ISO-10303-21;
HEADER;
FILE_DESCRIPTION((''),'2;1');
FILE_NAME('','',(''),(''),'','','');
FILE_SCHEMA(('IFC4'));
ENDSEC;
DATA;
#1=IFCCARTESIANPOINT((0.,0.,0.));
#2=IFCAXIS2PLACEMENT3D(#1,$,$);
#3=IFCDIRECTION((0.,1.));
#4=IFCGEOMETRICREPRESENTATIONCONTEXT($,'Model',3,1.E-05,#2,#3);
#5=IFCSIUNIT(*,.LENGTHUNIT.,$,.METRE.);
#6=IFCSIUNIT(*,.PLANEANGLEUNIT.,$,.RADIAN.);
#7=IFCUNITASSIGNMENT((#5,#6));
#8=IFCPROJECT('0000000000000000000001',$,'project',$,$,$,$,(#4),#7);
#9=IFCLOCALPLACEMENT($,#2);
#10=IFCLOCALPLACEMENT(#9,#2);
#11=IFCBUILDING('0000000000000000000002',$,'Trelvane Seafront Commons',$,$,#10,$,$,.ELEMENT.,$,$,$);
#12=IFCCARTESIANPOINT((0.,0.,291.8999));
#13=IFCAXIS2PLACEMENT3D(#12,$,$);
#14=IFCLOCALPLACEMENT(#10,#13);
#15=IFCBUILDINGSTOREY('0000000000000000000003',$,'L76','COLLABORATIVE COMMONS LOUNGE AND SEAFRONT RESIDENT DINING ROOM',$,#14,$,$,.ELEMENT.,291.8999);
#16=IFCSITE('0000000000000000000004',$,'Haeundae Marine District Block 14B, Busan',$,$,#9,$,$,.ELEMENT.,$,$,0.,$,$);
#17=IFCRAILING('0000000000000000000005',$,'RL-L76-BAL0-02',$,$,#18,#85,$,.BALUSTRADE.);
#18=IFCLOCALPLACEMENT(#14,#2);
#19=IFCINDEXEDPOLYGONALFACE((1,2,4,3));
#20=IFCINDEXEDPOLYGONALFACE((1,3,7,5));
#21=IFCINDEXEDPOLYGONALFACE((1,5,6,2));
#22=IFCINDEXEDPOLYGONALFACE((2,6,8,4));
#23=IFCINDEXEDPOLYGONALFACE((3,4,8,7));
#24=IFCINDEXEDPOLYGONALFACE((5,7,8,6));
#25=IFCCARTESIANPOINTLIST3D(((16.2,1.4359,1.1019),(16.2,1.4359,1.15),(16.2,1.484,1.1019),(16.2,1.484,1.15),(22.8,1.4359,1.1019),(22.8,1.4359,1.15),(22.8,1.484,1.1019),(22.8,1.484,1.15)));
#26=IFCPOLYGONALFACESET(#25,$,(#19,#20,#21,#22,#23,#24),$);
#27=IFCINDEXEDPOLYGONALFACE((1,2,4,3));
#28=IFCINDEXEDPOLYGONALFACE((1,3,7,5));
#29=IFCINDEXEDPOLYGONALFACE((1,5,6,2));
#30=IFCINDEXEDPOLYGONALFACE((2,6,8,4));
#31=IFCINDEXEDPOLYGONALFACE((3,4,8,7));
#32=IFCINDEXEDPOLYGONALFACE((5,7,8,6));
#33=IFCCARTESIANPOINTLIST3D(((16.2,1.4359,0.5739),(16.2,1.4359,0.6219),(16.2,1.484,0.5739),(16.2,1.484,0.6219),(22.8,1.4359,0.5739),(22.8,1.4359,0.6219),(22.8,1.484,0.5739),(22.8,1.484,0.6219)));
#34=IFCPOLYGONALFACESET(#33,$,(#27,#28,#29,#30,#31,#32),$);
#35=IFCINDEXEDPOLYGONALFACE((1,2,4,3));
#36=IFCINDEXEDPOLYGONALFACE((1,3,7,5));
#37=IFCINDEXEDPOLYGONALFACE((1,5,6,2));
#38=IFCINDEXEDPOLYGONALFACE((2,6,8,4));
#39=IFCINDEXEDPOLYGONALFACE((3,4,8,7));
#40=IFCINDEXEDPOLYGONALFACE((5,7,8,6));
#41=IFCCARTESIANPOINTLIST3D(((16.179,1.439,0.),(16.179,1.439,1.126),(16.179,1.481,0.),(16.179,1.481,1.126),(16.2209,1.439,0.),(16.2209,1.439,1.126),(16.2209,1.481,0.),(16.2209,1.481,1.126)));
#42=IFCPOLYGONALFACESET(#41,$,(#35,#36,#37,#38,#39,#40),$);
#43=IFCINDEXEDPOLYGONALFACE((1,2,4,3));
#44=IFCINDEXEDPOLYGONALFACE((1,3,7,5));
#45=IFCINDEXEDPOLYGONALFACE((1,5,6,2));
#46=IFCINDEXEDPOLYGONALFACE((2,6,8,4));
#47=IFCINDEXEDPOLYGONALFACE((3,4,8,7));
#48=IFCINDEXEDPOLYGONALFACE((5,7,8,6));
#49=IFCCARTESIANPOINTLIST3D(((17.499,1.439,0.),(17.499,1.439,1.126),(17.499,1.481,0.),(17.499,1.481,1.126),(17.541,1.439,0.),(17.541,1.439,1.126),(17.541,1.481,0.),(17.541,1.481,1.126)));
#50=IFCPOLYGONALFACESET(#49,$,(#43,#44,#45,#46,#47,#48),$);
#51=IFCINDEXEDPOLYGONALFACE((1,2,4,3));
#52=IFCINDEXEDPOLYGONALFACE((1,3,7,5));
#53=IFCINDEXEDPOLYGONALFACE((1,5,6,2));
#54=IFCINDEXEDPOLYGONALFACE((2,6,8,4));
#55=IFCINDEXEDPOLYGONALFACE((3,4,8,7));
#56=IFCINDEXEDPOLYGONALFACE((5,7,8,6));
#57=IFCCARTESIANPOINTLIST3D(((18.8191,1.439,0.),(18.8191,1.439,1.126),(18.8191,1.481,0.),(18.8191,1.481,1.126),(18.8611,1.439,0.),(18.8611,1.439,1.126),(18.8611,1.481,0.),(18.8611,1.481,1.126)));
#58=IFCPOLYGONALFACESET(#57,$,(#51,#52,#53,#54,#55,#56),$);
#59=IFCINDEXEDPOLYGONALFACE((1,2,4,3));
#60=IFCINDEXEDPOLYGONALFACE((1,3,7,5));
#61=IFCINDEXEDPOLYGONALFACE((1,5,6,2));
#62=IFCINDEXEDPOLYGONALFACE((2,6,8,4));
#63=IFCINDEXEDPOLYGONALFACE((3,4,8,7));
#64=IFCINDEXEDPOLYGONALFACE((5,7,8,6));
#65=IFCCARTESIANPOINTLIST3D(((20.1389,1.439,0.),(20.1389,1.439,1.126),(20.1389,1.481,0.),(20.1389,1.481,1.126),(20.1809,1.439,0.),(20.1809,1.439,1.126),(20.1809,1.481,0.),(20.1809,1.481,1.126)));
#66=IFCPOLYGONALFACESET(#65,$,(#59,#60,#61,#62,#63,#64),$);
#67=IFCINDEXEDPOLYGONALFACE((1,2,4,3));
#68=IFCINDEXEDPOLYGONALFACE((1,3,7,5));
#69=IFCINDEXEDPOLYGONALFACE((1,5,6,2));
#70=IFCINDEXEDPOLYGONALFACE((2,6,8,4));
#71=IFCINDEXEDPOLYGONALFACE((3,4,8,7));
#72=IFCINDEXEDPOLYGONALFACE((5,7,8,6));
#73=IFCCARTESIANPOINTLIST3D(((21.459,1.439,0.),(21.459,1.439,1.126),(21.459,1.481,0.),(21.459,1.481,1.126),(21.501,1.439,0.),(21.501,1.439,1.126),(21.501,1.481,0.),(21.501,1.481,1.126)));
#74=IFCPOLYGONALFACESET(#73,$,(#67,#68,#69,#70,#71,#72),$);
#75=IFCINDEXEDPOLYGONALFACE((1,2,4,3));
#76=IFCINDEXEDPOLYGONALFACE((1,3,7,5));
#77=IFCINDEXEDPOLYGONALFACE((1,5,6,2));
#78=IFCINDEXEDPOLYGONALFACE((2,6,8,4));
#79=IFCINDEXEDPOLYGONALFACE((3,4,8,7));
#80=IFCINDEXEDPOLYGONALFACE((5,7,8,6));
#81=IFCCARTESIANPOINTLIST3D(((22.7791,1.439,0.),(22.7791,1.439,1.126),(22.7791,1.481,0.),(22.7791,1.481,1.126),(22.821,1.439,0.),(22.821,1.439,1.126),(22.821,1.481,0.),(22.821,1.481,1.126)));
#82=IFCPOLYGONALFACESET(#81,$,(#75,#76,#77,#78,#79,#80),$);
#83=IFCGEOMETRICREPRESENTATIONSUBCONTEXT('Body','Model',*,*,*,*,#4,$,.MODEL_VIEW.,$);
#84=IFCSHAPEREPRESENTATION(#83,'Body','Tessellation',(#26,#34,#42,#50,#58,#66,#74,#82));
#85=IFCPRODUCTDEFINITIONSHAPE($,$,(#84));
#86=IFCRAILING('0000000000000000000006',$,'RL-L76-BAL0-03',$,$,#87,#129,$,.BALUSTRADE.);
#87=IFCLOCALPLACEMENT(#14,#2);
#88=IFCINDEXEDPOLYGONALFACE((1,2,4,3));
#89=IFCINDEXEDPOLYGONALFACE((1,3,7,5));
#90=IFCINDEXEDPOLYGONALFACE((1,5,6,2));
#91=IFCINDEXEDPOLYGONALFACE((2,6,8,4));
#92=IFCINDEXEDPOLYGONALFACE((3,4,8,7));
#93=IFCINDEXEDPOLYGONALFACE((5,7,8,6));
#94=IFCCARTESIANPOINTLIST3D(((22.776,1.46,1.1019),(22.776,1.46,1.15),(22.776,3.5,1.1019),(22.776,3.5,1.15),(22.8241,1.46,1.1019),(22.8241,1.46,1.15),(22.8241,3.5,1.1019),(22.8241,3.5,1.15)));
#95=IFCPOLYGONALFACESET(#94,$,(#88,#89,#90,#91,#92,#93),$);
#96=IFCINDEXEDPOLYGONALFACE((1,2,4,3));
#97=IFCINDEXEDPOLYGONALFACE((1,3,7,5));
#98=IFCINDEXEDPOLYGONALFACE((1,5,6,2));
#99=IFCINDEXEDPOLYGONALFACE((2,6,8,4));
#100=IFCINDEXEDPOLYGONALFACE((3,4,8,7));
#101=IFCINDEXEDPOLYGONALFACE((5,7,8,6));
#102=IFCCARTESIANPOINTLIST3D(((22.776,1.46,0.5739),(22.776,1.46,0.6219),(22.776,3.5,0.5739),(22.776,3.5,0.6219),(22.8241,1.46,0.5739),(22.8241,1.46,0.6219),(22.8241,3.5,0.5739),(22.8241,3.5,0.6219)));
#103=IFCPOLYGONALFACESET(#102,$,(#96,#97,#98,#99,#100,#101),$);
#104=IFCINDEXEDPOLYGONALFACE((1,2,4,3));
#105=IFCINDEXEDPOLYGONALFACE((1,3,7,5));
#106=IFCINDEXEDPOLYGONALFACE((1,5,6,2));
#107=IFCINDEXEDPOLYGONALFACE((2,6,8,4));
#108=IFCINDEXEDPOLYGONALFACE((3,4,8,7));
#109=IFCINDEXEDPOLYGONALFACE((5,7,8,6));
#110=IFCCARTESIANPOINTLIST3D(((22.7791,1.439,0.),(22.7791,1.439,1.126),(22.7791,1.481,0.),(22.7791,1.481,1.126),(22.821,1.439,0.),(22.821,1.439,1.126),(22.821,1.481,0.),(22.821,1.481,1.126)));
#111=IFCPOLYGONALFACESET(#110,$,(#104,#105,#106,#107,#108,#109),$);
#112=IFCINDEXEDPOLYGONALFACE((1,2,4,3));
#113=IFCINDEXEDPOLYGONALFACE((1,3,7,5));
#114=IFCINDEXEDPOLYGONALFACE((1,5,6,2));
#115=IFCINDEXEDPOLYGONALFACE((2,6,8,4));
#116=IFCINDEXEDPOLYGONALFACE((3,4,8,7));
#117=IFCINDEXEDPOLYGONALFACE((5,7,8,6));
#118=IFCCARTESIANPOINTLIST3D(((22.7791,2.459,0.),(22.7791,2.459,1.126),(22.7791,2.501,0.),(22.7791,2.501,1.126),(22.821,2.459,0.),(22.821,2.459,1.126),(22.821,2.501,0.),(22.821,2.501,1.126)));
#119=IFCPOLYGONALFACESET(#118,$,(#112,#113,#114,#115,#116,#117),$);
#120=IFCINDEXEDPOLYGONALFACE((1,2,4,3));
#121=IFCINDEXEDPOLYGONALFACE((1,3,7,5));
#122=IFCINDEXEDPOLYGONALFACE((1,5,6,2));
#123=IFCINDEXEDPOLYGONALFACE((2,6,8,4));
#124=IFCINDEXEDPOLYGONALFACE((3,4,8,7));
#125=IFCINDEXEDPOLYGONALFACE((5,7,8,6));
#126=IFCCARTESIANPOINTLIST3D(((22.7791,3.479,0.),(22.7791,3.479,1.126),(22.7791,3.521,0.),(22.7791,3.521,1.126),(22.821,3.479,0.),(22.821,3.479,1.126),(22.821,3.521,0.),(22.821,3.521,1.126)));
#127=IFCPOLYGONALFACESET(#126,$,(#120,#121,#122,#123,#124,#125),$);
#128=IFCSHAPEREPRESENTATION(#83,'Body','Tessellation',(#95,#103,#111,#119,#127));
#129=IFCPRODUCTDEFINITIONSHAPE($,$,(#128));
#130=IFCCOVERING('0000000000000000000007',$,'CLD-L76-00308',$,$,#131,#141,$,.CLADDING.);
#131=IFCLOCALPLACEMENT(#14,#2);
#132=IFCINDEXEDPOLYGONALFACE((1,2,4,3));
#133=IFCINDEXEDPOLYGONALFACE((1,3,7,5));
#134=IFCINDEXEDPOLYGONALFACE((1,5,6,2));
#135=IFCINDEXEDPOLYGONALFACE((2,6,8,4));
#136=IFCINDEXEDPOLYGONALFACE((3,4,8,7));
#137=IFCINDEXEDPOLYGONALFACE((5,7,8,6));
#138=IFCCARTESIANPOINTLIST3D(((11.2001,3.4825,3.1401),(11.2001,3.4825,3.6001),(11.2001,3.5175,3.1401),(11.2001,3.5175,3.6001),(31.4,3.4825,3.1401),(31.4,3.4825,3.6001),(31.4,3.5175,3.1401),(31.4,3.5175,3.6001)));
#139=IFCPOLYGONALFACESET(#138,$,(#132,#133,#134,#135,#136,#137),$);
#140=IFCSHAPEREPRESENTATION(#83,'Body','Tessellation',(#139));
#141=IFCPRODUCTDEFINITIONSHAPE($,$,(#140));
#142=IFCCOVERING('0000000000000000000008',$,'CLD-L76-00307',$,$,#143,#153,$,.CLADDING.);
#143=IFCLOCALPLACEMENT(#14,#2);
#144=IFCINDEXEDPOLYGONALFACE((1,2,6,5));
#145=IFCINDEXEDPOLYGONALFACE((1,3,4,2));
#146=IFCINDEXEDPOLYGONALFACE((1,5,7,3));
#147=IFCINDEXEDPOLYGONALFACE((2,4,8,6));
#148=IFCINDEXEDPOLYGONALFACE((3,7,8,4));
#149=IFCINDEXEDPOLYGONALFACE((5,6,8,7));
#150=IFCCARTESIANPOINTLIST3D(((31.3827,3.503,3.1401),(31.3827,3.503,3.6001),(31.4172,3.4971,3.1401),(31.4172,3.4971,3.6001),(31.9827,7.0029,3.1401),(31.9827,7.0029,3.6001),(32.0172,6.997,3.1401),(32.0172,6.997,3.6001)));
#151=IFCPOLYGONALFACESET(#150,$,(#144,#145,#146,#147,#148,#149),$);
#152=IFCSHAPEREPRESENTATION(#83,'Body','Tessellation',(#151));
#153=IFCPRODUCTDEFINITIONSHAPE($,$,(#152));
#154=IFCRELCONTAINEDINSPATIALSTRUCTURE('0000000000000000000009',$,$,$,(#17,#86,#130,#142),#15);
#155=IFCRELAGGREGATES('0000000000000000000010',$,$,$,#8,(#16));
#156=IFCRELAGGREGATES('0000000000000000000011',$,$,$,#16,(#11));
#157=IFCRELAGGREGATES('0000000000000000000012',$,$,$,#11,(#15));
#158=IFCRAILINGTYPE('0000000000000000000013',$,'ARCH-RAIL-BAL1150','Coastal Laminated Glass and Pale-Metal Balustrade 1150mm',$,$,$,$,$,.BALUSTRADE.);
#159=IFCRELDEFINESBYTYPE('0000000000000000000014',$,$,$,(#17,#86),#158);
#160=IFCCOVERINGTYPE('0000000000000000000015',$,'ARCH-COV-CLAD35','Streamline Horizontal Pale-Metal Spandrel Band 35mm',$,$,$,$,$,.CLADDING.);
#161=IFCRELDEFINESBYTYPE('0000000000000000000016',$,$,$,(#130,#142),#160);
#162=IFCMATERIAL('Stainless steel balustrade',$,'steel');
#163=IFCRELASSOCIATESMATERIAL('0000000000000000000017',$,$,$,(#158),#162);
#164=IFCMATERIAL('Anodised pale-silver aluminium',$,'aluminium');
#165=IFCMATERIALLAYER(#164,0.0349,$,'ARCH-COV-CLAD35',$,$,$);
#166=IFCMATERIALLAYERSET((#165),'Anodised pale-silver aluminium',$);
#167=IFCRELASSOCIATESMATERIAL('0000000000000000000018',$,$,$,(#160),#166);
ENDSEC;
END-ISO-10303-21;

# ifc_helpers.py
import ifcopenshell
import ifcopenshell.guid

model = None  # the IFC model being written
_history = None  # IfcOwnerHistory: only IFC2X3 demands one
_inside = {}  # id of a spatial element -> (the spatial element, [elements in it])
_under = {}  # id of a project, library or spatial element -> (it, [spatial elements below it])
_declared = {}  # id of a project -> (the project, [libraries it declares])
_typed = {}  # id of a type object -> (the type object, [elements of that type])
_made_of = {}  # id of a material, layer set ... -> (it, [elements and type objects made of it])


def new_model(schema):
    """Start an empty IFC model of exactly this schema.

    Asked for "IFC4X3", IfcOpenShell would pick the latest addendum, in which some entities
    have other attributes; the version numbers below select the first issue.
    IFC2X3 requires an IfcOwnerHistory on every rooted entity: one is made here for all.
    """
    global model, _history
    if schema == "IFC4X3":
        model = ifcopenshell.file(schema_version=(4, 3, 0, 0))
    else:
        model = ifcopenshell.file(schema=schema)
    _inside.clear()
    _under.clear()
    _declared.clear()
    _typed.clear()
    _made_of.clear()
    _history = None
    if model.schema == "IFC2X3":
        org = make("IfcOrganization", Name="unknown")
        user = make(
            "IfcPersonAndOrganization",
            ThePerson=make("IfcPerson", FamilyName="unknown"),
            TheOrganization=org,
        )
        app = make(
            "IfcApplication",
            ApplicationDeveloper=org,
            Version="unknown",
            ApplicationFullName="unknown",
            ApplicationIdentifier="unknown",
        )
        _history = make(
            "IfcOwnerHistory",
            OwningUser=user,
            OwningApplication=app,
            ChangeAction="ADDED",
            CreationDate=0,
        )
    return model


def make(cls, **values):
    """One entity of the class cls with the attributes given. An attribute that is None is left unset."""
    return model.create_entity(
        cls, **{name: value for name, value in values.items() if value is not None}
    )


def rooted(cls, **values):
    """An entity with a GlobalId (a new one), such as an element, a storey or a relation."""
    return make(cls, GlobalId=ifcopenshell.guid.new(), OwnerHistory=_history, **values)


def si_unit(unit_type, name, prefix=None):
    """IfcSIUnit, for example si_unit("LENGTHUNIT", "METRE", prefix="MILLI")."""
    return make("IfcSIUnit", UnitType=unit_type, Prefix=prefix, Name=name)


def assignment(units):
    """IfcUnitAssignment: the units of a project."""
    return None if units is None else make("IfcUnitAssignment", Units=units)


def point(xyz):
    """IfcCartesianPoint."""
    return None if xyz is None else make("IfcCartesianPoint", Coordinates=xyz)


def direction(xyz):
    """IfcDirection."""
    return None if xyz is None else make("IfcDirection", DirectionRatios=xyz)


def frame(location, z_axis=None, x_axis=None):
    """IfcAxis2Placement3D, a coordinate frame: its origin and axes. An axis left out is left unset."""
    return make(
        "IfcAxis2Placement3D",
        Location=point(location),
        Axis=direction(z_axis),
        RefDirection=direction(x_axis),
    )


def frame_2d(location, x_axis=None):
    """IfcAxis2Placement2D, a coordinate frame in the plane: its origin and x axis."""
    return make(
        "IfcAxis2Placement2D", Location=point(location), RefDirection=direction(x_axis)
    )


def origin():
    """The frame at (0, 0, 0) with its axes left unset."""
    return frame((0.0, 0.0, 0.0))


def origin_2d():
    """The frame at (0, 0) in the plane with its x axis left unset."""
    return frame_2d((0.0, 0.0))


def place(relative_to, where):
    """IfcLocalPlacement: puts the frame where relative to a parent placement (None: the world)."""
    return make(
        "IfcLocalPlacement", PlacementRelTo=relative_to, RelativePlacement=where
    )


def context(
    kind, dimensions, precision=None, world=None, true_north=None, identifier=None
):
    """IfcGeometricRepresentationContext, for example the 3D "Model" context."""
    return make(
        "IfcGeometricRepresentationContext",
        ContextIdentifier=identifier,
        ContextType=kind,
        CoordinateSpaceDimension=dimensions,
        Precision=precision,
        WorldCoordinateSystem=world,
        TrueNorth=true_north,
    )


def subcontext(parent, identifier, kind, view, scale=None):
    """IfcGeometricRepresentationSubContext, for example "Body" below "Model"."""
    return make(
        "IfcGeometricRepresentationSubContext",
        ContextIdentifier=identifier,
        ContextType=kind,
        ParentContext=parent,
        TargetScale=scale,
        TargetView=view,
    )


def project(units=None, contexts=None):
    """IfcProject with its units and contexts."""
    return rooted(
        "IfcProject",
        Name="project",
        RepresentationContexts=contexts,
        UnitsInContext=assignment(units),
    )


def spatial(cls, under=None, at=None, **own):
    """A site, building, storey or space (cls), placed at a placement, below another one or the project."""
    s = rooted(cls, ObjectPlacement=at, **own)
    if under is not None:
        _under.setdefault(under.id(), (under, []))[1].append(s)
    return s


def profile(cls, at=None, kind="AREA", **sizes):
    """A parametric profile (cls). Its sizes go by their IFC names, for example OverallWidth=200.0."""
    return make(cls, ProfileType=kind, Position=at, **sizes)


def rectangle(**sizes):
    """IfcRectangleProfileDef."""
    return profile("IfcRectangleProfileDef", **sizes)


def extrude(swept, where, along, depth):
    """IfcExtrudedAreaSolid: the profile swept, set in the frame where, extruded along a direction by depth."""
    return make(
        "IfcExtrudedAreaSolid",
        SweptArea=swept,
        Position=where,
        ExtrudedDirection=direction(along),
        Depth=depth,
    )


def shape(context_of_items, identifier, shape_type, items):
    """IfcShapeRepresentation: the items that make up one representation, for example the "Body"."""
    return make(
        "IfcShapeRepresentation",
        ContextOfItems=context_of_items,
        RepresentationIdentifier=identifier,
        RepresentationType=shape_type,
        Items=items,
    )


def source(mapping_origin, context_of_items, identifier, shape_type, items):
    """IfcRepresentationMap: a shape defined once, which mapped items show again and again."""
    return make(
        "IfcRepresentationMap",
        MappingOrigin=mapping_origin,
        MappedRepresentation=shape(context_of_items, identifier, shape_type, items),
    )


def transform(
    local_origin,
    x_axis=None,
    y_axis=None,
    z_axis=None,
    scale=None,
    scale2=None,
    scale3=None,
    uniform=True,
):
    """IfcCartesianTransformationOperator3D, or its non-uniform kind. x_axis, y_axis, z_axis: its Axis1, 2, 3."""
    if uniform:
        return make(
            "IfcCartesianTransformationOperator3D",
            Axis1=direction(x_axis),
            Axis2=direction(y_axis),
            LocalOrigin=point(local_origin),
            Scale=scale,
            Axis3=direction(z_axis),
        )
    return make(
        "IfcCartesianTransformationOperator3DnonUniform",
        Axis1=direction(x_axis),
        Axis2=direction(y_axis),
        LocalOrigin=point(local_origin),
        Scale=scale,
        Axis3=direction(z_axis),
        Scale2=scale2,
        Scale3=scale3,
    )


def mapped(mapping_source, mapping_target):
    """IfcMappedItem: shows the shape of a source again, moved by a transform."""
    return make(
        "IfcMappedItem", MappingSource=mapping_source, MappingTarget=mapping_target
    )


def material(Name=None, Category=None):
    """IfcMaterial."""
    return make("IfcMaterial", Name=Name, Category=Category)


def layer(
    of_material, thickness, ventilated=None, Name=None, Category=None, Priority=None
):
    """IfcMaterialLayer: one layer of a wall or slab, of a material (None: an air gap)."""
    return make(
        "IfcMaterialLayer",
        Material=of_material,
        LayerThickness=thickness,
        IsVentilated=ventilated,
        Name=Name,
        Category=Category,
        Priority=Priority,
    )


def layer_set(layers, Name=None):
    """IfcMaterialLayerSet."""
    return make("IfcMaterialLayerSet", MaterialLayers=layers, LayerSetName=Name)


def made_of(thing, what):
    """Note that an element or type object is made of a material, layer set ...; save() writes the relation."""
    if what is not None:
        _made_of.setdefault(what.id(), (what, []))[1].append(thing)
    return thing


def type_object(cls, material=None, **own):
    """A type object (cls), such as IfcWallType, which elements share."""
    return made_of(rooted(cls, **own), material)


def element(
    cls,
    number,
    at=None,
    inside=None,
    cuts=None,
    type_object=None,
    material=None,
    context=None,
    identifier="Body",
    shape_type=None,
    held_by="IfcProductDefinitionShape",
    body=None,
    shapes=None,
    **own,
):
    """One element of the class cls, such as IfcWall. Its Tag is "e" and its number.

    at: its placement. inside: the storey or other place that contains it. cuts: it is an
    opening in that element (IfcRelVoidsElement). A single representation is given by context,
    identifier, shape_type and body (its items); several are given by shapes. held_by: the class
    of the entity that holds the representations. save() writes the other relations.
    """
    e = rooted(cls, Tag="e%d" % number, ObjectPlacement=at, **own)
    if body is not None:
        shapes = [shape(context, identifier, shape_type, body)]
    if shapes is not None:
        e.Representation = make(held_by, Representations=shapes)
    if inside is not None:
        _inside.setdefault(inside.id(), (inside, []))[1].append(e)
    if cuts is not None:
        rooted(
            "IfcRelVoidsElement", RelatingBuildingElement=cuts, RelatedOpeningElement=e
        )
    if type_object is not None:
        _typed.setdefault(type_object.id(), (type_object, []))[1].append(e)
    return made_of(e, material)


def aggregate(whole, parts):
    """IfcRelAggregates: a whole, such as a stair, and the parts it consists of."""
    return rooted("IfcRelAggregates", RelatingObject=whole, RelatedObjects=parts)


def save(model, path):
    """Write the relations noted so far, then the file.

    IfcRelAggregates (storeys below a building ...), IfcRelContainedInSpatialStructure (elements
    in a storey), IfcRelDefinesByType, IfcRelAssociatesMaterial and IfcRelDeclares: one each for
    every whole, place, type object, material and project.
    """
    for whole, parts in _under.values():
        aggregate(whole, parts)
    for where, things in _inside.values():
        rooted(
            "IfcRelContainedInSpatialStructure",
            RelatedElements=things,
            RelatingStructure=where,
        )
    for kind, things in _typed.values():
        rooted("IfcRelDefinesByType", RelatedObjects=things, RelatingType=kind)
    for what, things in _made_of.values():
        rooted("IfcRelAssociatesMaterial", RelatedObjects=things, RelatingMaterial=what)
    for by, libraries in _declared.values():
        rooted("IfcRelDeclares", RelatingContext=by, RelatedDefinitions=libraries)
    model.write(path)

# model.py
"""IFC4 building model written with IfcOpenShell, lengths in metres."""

from ifc_helpers import new_model, si_unit, direction, frame, origin, origin_2d, place, context, subcontext, project, spatial, rectangle, extrude, source, transform, mapped, material, layer, layer_set, type_object, element, save


model = new_model("IFC4")

# Units and contexts
model_context = context("Model", 3, precision=1e-05, world=origin(), true_north=direction((0.0, 1.0)))
body_context = subcontext(model_context, "Body", "Model", "MODEL_VIEW")
ifc_project = project(units=[si_unit("LENGTHUNIT", "METRE"), si_unit("PLANEANGLEUNIT", "RADIAN")], contexts=[model_context])

# Site, building, storey
site_placement = place(None, origin())
site = spatial("IfcSite", under=ifc_project, at=site_placement, Name="Haeundae Marine District Block 14B, Busan", CompositionType="ELEMENT", RefElevation=0.0)
building_placement = place(site_placement, origin())
building = spatial("IfcBuilding", under=site, at=building_placement, Name="Trelvane Seafront Commons", CompositionType="ELEMENT")
storey_placement = place(building_placement, frame((0.0, 0.0, 291.8999)))
storey = spatial("IfcBuildingStorey", under=building, at=storey_placement, Name="L76", Description="COLLABORATIVE COMMONS LOUNGE AND SEAFRONT RESIDENT DINING ROOM", CompositionType="ELEMENT", Elevation=291.8999)

# Shared definitions
ifc_material_1 = material(Name="Anodised pale-silver aluminium", Category="aluminium")

# Railings
ifc_material_2 = material(Name="Stainless steel balustrade", Category="steel")
railing_type = type_object("IfcRailingType", Name="ARCH-RAIL-BAL1150", Description="Coastal Laminated Glass and Pale-Metal Balustrade 1150mm", PredefinedType="BALUSTRADE", material=ifc_material_2)
railing_1_placement = place(storey_placement, frame((16.2, 1.46, 0.0)))
element("IfcRailing", 1, at=railing_1_placement, inside=storey, type_object=railing_type, Name="RL-L76-BAL0-02", PredefinedType="BALUSTRADE", context=body_context, shape_type="SweptSolid", body=[
    extrude(rectangle(XDim=0.0481, YDim=0.0481, at=origin_2d()), frame((0.0, 0.0, 1.126), z_axis=(1.0, 0.0, 0.0), x_axis=(0.0, 1.0, 0.0)), (0.0, 0.0, 1.0), 6.6001),
    extrude(rectangle(XDim=0.0481, YDim=0.0481, at=origin_2d()), frame((0.0, 0.0, 0.5979), z_axis=(1.0, 0.0, 0.0), x_axis=(0.0, 1.0, 0.0)), (0.0, 0.0, 1.0), 6.6001),
    extrude(rectangle(XDim=0.042, YDim=0.042, at=origin_2d()), origin(), (0.0, 0.0, 1.0), 1.126),
    extrude(rectangle(XDim=0.042, YDim=0.042, at=origin_2d()), frame((1.3201, 0.0, 0.0)), (0.0, 0.0, 1.0), 1.126),
    extrude(rectangle(XDim=0.042, YDim=0.042, at=origin_2d()), frame((2.6401, 0.0, 0.0)), (0.0, 0.0, 1.0), 1.126),
    extrude(rectangle(XDim=0.042, YDim=0.042, at=origin_2d()), frame((3.96, 0.0, 0.0)), (0.0, 0.0, 1.0), 1.126),
    extrude(rectangle(XDim=0.042, YDim=0.042, at=origin_2d()), frame((5.28, 0.0, 0.0)), (0.0, 0.0, 1.0), 1.126),
    extrude(rectangle(XDim=0.042, YDim=0.042, at=origin_2d()), frame((6.6001, 0.0, 0.0)), (0.0, 0.0, 1.0), 1.126),
])
railing_2_placement = place(storey_placement, frame((22.8, 1.46, 0.0)))
element("IfcRailing", 2, at=railing_2_placement, inside=storey, type_object=railing_type, Name="RL-L76-BAL0-03", PredefinedType="BALUSTRADE", context=body_context, shape_type="SweptSolid", body=[
    extrude(rectangle(XDim=0.0481, YDim=0.0481, at=origin_2d()), frame((0.0, 0.0, 1.126), z_axis=(0.0, 1.0, 0.0), x_axis=(-1.0, 0.0, 0.0)), (0.0, 0.0, 1.0), 2.04),
    extrude(rectangle(XDim=0.0481, YDim=0.0481, at=origin_2d()), frame((0.0, 0.0, 0.5979), z_axis=(0.0, 1.0, 0.0), x_axis=(-1.0, 0.0, 0.0)), (0.0, 0.0, 1.0), 2.04),
    extrude(rectangle(XDim=0.042, YDim=0.042, at=origin_2d()), origin(), (0.0, 0.0, 1.0), 1.126),
    extrude(rectangle(XDim=0.042, YDim=0.042, at=origin_2d()), frame((0.0, 1.02, 0.0)), (0.0, 0.0, 1.0), 1.126),
    extrude(rectangle(XDim=0.042, YDim=0.042, at=origin_2d()), frame((0.0, 2.04, 0.0)), (0.0, 0.0, 1.0), 1.126),
])

# Coverings
ifc_layer_1 = layer(ifc_material_1, 0.0349, Name="ARCH-COV-CLAD35")
ifc_layer_set_1 = layer_set([ifc_layer_1], Name="Anodised pale-silver aluminium")
covering_type = type_object("IfcCoveringType", Name="ARCH-COV-CLAD35", Description="Streamline Horizontal Pale-Metal Spandrel Band 35mm", PredefinedType="CLADDING", material=ifc_layer_set_1)
shared_shape_1 = source(origin(), body_context, "Body", "SweptSolid", [
    extrude(rectangle(XDim=20.2, YDim=0.0349, at=origin_2d()), origin(), (0.0, 0.0, 1.0), 0.46),
])
covering_1_placement = place(storey_placement, frame((21.3, 3.5, 3.1401), z_axis=(0.0, 0.0, 1.0), x_axis=(-1.0, 0.0, 0.0)))
element("IfcCovering", 3, at=covering_1_placement, inside=storey, type_object=covering_type, Name="CLD-L76-00308", PredefinedType="CLADDING", context=body_context, shape_type="MappedRepresentation", body=[
    mapped(shared_shape_1, transform((0.0, 0.0, 0.0), x_axis=(1.0, 0.0, 0.0), y_axis=(0.0, 1.0, 0.0), z_axis=(0.0, 0.0, 1.0), scale=1.0)),
])
shared_shape_2 = source(origin(), body_context, "Body", "SweptSolid", [
    extrude(rectangle(XDim=3.551, YDim=0.0349, at=origin_2d()), origin(), (0.0, 0.0, 1.0), 0.46),
])
covering_2_placement = place(storey_placement, frame((31.7, 5.25, 3.1401), z_axis=(0.0, 0.0, 1.0), x_axis=(-0.168964, -0.985622, 0.0)))
element("IfcCovering", 4, at=covering_2_placement, inside=storey, type_object=covering_type, Name="CLD-L76-00307", PredefinedType="CLADDING", context=body_context, shape_type="MappedRepresentation", body=[
    mapped(shared_shape_2, transform((0.0, 0.0, 0.0), x_axis=(1.0, 0.0, 0.0), y_axis=(0.0, 1.0, 0.0), z_axis=(0.0, 0.0, 1.0), scale=1.0)),
])

save(model, "model.ifc")
